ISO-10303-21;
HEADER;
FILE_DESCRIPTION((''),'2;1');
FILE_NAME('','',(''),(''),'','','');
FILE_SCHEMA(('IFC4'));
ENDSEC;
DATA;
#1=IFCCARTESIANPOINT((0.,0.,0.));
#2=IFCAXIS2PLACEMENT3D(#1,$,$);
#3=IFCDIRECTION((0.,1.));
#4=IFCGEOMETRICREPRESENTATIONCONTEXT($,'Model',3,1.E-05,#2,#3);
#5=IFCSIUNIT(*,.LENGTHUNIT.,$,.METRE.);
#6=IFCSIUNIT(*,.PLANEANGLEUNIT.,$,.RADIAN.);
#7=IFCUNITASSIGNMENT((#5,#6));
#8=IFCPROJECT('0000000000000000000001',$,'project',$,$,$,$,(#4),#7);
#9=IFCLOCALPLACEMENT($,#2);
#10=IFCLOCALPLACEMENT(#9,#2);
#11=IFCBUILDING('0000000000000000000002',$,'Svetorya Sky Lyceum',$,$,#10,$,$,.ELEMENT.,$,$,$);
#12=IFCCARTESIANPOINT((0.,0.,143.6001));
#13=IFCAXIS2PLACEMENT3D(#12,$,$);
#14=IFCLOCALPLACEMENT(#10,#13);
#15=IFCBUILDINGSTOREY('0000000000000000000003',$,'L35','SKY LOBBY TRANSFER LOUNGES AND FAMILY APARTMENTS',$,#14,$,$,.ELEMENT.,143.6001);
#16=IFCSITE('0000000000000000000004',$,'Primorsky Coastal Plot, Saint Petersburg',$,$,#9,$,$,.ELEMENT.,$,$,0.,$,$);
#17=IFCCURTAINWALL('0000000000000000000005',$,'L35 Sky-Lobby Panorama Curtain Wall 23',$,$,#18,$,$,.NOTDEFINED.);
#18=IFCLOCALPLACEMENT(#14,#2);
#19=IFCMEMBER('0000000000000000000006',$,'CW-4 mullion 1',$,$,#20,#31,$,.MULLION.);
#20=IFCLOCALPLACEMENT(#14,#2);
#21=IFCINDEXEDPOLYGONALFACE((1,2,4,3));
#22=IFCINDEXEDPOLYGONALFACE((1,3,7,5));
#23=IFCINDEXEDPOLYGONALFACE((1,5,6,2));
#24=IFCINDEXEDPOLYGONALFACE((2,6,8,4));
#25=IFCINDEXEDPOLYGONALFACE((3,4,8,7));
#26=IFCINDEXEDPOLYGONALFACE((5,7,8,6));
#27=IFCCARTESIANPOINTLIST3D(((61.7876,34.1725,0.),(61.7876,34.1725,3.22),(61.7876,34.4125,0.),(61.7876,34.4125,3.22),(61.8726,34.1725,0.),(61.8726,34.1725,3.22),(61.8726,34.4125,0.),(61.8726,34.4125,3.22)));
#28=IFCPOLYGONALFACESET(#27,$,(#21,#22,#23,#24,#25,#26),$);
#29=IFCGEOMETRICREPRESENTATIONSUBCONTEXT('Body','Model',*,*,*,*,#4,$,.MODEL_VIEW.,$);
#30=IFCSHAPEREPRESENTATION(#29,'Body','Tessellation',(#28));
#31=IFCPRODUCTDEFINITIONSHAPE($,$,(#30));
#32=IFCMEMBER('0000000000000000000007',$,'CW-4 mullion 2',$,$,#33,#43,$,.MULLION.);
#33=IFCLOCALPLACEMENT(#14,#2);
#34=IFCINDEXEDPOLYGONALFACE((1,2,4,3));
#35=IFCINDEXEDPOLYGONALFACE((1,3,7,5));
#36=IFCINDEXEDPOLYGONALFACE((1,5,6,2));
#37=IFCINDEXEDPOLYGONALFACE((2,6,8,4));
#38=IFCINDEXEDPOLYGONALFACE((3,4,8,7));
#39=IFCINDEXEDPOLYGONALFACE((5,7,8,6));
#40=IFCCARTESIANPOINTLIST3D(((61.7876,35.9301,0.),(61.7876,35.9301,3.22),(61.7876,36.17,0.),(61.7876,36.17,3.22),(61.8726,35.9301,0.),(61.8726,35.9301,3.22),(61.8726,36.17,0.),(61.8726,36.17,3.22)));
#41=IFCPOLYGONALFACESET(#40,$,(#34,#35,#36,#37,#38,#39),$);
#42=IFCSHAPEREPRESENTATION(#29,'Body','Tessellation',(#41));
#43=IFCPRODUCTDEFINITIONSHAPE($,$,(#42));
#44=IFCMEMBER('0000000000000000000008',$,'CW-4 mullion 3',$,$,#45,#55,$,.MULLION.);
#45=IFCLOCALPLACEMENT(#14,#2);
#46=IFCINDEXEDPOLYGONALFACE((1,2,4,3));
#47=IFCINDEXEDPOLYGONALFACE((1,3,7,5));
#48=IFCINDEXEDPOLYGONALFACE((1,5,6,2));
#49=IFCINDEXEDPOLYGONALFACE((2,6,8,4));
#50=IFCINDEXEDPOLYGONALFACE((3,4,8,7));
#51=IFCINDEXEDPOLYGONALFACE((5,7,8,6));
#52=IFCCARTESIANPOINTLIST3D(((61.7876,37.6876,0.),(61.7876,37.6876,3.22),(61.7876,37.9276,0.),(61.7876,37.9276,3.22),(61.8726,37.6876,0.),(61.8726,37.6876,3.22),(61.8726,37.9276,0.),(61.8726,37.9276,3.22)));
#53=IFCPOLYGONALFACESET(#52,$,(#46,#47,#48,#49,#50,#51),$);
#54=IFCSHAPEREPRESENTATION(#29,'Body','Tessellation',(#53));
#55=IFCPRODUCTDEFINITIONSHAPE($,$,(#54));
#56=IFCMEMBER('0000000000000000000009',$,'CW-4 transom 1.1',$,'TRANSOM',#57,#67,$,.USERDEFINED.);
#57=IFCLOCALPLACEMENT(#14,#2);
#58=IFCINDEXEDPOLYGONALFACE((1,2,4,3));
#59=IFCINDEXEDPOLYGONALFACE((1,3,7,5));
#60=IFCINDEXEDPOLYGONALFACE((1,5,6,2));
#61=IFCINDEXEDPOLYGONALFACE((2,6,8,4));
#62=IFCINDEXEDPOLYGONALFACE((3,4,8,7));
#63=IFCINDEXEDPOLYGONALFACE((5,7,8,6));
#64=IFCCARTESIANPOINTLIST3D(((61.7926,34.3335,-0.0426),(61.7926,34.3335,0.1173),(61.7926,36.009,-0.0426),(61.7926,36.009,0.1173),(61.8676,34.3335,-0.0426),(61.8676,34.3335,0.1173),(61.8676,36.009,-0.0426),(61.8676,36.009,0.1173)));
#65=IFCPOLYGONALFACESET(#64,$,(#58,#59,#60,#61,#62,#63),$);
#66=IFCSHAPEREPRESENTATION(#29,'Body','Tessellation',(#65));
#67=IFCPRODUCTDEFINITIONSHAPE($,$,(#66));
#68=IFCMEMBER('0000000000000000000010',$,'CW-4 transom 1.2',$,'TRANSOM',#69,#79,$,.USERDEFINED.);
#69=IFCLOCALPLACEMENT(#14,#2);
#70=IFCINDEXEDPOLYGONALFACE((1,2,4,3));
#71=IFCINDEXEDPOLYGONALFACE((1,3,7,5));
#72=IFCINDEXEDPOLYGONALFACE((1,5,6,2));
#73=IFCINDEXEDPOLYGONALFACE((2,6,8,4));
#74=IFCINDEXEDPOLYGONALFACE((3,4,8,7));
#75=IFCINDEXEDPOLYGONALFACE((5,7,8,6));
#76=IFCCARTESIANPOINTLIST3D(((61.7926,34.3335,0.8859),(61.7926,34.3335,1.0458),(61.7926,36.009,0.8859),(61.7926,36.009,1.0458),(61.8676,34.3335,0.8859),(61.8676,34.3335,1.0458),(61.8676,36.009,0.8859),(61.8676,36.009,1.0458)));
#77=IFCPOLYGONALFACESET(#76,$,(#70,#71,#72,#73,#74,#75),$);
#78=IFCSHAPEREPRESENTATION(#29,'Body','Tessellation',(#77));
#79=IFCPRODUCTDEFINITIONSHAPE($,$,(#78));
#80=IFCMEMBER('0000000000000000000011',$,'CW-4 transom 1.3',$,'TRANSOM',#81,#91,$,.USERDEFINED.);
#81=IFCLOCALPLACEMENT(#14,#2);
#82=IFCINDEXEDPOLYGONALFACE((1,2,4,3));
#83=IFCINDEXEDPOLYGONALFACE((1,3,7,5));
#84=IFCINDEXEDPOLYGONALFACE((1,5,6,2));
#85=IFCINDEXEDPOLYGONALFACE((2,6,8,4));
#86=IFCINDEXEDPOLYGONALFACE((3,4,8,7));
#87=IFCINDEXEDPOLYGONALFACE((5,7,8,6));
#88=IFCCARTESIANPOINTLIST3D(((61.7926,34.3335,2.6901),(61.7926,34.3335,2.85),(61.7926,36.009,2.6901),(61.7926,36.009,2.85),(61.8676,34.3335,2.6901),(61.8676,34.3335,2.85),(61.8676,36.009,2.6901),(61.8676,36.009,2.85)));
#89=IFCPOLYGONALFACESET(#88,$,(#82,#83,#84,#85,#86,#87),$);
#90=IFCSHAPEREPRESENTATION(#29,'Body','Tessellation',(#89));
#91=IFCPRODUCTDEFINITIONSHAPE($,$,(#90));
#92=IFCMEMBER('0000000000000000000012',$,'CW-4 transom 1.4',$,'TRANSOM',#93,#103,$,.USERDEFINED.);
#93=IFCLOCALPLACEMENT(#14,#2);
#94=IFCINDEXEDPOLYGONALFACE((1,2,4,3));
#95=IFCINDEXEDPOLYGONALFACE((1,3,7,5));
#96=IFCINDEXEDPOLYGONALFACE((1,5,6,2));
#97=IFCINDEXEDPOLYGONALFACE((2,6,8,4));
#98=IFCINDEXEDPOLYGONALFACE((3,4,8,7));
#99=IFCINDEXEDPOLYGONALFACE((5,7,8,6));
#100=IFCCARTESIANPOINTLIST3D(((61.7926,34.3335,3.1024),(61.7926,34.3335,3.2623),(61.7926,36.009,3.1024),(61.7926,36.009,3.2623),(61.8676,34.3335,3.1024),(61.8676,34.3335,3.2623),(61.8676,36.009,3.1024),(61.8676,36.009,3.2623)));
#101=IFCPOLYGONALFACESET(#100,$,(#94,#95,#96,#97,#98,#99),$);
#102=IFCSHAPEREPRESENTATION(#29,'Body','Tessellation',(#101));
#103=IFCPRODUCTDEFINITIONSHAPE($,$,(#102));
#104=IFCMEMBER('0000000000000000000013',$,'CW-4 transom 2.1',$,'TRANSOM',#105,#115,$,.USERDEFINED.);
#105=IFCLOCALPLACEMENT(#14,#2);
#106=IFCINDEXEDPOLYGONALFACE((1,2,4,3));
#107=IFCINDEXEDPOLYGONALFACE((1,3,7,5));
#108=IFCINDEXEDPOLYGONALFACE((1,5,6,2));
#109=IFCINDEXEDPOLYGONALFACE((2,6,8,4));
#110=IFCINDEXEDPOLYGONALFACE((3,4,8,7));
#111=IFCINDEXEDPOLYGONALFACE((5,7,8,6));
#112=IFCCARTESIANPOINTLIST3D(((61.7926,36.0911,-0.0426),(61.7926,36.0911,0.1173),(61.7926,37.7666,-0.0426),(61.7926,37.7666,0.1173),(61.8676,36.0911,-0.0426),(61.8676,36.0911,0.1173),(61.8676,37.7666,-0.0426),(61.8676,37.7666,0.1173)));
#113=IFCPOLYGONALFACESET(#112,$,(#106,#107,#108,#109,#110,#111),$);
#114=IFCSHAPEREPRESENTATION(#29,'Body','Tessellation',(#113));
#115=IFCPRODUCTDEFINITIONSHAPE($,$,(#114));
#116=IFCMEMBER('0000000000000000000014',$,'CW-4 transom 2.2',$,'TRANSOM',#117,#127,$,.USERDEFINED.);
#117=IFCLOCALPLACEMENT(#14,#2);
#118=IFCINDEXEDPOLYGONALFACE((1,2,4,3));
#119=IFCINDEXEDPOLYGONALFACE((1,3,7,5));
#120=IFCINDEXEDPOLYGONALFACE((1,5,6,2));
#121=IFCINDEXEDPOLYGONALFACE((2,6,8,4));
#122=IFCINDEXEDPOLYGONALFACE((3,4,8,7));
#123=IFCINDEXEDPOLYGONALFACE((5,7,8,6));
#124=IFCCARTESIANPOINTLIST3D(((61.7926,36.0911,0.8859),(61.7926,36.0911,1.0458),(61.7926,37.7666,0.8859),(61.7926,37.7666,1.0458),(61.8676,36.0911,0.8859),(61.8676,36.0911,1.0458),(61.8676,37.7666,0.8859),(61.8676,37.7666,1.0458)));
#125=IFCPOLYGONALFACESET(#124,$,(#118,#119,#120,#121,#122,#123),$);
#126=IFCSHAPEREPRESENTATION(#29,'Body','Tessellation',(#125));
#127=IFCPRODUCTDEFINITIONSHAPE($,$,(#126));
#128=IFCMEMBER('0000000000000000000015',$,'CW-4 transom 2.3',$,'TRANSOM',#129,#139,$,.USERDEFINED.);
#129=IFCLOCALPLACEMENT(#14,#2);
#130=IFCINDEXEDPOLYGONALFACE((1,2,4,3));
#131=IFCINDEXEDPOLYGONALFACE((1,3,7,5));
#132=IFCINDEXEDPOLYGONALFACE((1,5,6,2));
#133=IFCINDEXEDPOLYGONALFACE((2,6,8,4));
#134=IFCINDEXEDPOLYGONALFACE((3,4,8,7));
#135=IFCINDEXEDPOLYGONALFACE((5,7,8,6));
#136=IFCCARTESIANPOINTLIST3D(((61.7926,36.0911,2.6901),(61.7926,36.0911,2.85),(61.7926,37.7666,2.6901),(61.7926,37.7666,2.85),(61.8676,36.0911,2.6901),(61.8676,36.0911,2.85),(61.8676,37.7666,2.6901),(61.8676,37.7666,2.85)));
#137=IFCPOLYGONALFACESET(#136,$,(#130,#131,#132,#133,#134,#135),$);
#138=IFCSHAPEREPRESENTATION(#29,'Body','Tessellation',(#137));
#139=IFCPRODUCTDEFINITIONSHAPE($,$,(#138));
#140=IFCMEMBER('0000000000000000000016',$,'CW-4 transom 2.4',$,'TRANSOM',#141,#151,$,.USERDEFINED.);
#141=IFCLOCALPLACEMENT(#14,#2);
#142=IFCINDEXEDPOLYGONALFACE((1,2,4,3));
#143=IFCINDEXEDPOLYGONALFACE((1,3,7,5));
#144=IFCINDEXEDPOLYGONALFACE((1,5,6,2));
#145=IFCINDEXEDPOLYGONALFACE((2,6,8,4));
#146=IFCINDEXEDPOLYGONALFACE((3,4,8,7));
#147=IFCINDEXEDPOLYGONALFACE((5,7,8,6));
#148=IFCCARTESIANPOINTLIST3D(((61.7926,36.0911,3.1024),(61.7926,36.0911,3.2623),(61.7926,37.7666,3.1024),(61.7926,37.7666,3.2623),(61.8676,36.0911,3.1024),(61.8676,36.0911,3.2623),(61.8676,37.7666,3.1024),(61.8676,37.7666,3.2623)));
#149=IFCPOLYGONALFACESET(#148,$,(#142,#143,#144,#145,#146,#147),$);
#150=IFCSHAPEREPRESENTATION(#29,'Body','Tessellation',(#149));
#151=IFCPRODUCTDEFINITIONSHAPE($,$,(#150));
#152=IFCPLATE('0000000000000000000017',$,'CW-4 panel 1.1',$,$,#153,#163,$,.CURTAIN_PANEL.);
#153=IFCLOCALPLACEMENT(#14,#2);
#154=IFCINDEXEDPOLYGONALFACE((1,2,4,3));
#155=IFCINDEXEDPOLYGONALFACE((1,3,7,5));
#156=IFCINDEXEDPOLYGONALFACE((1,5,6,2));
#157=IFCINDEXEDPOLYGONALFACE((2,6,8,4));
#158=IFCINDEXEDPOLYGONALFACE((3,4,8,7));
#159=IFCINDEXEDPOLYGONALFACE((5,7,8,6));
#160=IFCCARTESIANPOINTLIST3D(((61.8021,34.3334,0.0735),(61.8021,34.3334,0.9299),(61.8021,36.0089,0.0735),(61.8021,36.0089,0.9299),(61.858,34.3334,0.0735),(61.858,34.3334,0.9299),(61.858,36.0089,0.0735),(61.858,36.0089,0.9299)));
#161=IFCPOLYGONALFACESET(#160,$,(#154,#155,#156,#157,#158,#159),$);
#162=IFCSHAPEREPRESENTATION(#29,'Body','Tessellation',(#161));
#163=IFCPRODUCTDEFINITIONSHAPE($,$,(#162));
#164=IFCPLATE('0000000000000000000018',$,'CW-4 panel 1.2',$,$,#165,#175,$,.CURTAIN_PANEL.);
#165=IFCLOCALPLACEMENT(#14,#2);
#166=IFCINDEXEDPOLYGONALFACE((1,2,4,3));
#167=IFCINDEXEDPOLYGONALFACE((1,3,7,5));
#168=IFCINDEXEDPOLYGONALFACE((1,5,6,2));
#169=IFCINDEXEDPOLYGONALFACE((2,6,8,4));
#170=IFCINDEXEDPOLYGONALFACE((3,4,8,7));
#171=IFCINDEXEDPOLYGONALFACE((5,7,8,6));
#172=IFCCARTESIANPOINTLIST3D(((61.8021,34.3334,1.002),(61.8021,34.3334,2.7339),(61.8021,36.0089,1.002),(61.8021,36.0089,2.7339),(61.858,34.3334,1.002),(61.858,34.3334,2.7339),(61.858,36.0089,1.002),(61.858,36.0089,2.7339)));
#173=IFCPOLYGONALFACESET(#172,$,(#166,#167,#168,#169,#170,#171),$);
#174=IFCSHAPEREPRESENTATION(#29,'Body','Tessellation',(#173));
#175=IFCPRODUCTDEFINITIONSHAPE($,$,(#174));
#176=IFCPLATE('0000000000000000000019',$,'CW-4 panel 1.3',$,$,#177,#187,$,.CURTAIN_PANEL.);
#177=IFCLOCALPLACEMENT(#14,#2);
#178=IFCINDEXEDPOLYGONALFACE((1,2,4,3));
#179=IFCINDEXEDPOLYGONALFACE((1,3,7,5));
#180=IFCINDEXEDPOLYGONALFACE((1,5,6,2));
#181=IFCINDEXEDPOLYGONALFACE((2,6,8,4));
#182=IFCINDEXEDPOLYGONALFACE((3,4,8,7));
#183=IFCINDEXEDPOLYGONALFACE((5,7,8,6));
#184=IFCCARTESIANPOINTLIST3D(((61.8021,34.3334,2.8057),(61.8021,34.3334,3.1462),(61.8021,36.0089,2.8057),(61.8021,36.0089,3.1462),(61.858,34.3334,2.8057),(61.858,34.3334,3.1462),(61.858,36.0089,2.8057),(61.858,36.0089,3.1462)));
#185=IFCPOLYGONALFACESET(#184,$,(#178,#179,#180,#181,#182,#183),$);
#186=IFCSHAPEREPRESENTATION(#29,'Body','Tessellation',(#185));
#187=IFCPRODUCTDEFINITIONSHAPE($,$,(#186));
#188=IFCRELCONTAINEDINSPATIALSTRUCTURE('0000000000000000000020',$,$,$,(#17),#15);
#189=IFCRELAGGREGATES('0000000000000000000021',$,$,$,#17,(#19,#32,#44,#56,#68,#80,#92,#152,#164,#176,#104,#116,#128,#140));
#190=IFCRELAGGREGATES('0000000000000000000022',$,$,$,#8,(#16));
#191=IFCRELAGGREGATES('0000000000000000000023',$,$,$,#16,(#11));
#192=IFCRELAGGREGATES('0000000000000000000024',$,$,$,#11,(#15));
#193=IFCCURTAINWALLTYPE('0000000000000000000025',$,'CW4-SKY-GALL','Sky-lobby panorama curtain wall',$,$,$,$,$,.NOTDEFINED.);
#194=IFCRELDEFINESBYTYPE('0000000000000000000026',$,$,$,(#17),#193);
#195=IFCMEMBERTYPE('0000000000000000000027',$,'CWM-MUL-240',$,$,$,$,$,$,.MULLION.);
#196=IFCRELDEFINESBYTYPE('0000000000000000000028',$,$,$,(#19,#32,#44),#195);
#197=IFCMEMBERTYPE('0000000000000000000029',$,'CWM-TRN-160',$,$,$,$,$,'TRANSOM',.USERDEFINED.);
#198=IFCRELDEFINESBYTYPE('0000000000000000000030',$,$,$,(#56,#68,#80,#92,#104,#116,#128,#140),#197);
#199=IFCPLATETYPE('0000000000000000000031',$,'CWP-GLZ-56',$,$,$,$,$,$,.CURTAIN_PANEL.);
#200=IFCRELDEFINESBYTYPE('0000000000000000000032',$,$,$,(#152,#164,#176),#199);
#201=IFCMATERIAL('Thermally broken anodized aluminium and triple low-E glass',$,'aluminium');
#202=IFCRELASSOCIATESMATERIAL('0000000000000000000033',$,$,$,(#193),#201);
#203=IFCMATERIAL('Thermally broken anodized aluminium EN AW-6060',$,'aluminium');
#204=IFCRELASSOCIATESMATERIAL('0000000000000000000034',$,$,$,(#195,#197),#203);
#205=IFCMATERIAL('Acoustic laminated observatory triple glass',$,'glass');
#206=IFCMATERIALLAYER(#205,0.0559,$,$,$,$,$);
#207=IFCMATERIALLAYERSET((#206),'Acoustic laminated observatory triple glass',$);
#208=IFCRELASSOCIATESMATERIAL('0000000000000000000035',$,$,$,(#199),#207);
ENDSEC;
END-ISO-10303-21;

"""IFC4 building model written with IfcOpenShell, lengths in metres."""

from ifc_helpers import new_model, si_unit, direction, frame, origin, origin_2d, place, context, subcontext, project, spatial, rectangle, extrude, material, layer, layer_set, material_profile, profile_set, type_object, element, aggregate, save


model = new_model("IFC4")

# Units and contexts
model_context = context("Model", 3, precision=1e-05, world=origin(), true_north=direction((0.0, 1.0)))
body_context = subcontext(model_context, "Body", "Model", "MODEL_VIEW")
ifc_project = project(units=[si_unit("LENGTHUNIT", "METRE"), si_unit("PLANEANGLEUNIT", "RADIAN")], contexts=[model_context])

# Site, building, storey
site_placement = place(None, origin())
site = spatial("IfcSite", under=ifc_project, at=site_placement, Name="Primorsky Coastal Plot, Saint Petersburg", CompositionType="ELEMENT", RefElevation=0.0)
building_placement = place(site_placement, origin())
building = spatial("IfcBuilding", under=site, at=building_placement, Name="Svetorya Sky Lyceum", CompositionType="ELEMENT")
storey_placement = place(building_placement, frame((0.0, 0.0, 143.6001)))
storey = spatial("IfcBuildingStorey", under=building, at=storey_placement, Name="L35", Description="SKY LOBBY TRANSFER LOUNGES AND FAMILY APARTMENTS", CompositionType="ELEMENT", Elevation=143.6001)

# Curtain wall, members, plates
ifc_material_1 = material(Name="Thermally broken anodized aluminium and triple low-E glass", Category="aluminium")
curtain_wall_type = type_object("IfcCurtainWallType", Name="CW4-SKY-GALL", Description="Sky-lobby panorama curtain wall", PredefinedType="NOTDEFINED", material=ifc_material_1)
curtain_wall_placement = place(storey_placement, origin())
curtain_wall = element("IfcCurtainWall", 1, at=curtain_wall_placement, inside=storey, type_object=curtain_wall_type, Name="L35 Sky-Lobby Panorama Curtain Wall 23", PredefinedType="NOTDEFINED")
ifc_material_2 = material(Name="Thermally broken anodized aluminium EN AW-6060", Category="aluminium")
ifc_material_profile_1 = material_profile(ifc_material_2, rectangle(XDim=0.085, YDim=0.24, at=origin_2d()), Name="ALU MULLION 85x240")
ifc_profile_set_1 = profile_set([ifc_material_profile_1], Name="Thermally broken anodized aluminium EN AW-6060")
member_type_1 = type_object("IfcMemberType", Name="CWM-MUL-240", PredefinedType="MULLION", material=ifc_profile_set_1)
member_1_placement = place(storey_placement, frame((61.8301, 34.2925, 0.0), z_axis=(0.0, 0.0, 1.0), x_axis=(-1.0, 0.0, 0.0)))
member_1 = element("IfcMember", 2, at=member_1_placement, type_object=member_type_1, Name="CW-4 mullion 1", PredefinedType="MULLION", context=body_context, shape_type="SweptSolid", body=[
    extrude(rectangle(XDim=0.085, YDim=0.24, at=origin_2d()), origin(), (0.0, 0.0, 1.0), 3.22),
])
member_2_placement = place(storey_placement, frame((61.8301, 36.05, 0.0), z_axis=(0.0, 0.0, 1.0), x_axis=(-1.0, 0.0, 0.0)))
member_2 = element("IfcMember", 3, at=member_2_placement, type_object=member_type_1, Name="CW-4 mullion 2", PredefinedType="MULLION", context=body_context, shape_type="SweptSolid", body=[
    extrude(rectangle(XDim=0.085, YDim=0.24, at=origin_2d()), origin(), (0.0, 0.0, 1.0), 3.22),
])
member_3_placement = place(storey_placement, frame((61.8301, 37.8076, 0.0), z_axis=(0.0, 0.0, 1.0), x_axis=(-1.0, 0.0, 0.0)))
member_3 = element("IfcMember", 4, at=member_3_placement, type_object=member_type_1, Name="CW-4 mullion 3", PredefinedType="MULLION", context=body_context, shape_type="SweptSolid", body=[
    extrude(rectangle(XDim=0.085, YDim=0.24, at=origin_2d()), origin(), (0.0, 0.0, 1.0), 3.22),
])
ifc_material_profile_2 = material_profile(ifc_material_2, rectangle(XDim=0.075, YDim=0.1599, at=origin_2d()), Name="ALU TRANSOM 75x160")
ifc_profile_set_2 = profile_set([ifc_material_profile_2], Name="Thermally broken anodized aluminium EN AW-6060")
member_type_2 = type_object("IfcMemberType", Name="CWM-TRN-160", ElementType="TRANSOM", PredefinedType="USERDEFINED", material=ifc_profile_set_2)
member_4_placement = place(storey_placement, frame((61.8301, 34.3335, 0.0374), z_axis=(0.0, 1.0, 0.0), x_axis=(-1.0, 0.0, 0.0)))
member_4 = element("IfcMember", 5, at=member_4_placement, type_object=member_type_2, Name="CW-4 transom 1.1", ObjectType="TRANSOM", PredefinedType="USERDEFINED", context=body_context, shape_type="SweptSolid", body=[
    extrude(rectangle(XDim=0.075, YDim=0.1599, at=origin_2d()), origin(), (0.0, 0.0, 1.0), 1.6755),
])
member_5_placement = place(storey_placement, frame((61.8301, 34.3335, 0.9658), z_axis=(0.0, 1.0, 0.0), x_axis=(-1.0, 0.0, 0.0)))
member_5 = element("IfcMember", 6, at=member_5_placement, type_object=member_type_2, Name="CW-4 transom 1.2", ObjectType="TRANSOM", PredefinedType="USERDEFINED", context=body_context, shape_type="SweptSolid", body=[
    extrude(rectangle(XDim=0.075, YDim=0.1599, at=origin_2d()), origin(), (0.0, 0.0, 1.0), 1.6755),
])
member_6_placement = place(storey_placement, frame((61.8301, 34.3335, 2.77), z_axis=(0.0, 1.0, 0.0), x_axis=(-1.0, 0.0, 0.0)))
member_6 = element("IfcMember", 7, at=member_6_placement, type_object=member_type_2, Name="CW-4 transom 1.3", ObjectType="TRANSOM", PredefinedType="USERDEFINED", context=body_context, shape_type="SweptSolid", body=[
    extrude(rectangle(XDim=0.075, YDim=0.1599, at=origin_2d()), origin(), (0.0, 0.0, 1.0), 1.6755),
])
member_7_placement = place(storey_placement, frame((61.8301, 34.3335, 3.1824), z_axis=(0.0, 1.0, 0.0), x_axis=(-1.0, 0.0, 0.0)))
member_7 = element("IfcMember", 8, at=member_7_placement, type_object=member_type_2, Name="CW-4 transom 1.4", ObjectType="TRANSOM", PredefinedType="USERDEFINED", context=body_context, shape_type="SweptSolid", body=[
    extrude(rectangle(XDim=0.075, YDim=0.1599, at=origin_2d()), origin(), (0.0, 0.0, 1.0), 1.6755),
])
member_8_placement = place(storey_placement, frame((61.8301, 36.0911, 0.0374), z_axis=(0.0, 1.0, 0.0), x_axis=(-1.0, 0.0, 0.0)))
member_8 = element("IfcMember", 9, at=member_8_placement, type_object=member_type_2, Name="CW-4 transom 2.1", ObjectType="TRANSOM", PredefinedType="USERDEFINED", context=body_context, shape_type="SweptSolid", body=[
    extrude(rectangle(XDim=0.075, YDim=0.1599, at=origin_2d()), origin(), (0.0, 0.0, 1.0), 1.6755),
])
member_9_placement = place(storey_placement, frame((61.8301, 36.0911, 0.9658), z_axis=(0.0, 1.0, 0.0), x_axis=(-1.0, 0.0, 0.0)))
member_9 = element("IfcMember", 10, at=member_9_placement, type_object=member_type_2, Name="CW-4 transom 2.2", ObjectType="TRANSOM", PredefinedType="USERDEFINED", context=body_context, shape_type="SweptSolid", body=[
    extrude(rectangle(XDim=0.075, YDim=0.1599, at=origin_2d()), origin(), (0.0, 0.0, 1.0), 1.6755),
])
member_10_placement = place(storey_placement, frame((61.8301, 36.0911, 2.77), z_axis=(0.0, 1.0, 0.0), x_axis=(-1.0, 0.0, 0.0)))
member_10 = element("IfcMember", 11, at=member_10_placement, type_object=member_type_2, Name="CW-4 transom 2.3", ObjectType="TRANSOM", PredefinedType="USERDEFINED", context=body_context, shape_type="SweptSolid", body=[
    extrude(rectangle(XDim=0.075, YDim=0.1599, at=origin_2d()), origin(), (0.0, 0.0, 1.0), 1.6755),
])
member_11_placement = place(storey_placement, frame((61.8301, 36.0911, 3.1824), z_axis=(0.0, 1.0, 0.0), x_axis=(-1.0, 0.0, 0.0)))
member_11 = element("IfcMember", 12, at=member_11_placement, type_object=member_type_2, Name="CW-4 transom 2.4", ObjectType="TRANSOM", PredefinedType="USERDEFINED", context=body_context, shape_type="SweptSolid", body=[
    extrude(rectangle(XDim=0.075, YDim=0.1599, at=origin_2d()), origin(), (0.0, 0.0, 1.0), 1.6755),
])
ifc_material_3 = material(Name="Acoustic laminated observatory triple glass", Category="glass")
ifc_layer_1 = layer(ifc_material_3, 0.0559)
ifc_layer_set_1 = layer_set([ifc_layer_1], Name="Acoustic laminated observatory triple glass")
plate_type = type_object("IfcPlateType", Name="CWP-GLZ-56", PredefinedType="CURTAIN_PANEL", material=ifc_layer_set_1)
plate_1_placement = place(storey_placement, frame((61.8301, 35.1711, 0.0735), z_axis=(0.0, 0.0, 1.0), x_axis=(0.0, 1.0, 0.0)))
plate_1 = element("IfcPlate", 13, at=plate_1_placement, type_object=plate_type, Name="CW-4 panel 1.1", PredefinedType="CURTAIN_PANEL", context=body_context, shape_type="SweptSolid", body=[
    extrude(rectangle(XDim=1.6755, YDim=0.0559, at=origin_2d()), origin(), (0.0, 0.0, 1.0), 0.8564),
])
plate_2_placement = place(storey_placement, frame((61.8301, 35.1711, 1.002), z_axis=(0.0, 0.0, 1.0), x_axis=(0.0, 1.0, 0.0)))
plate_2 = element("IfcPlate", 14, at=plate_2_placement, type_object=plate_type, Name="CW-4 panel 1.2", PredefinedType="CURTAIN_PANEL", context=body_context, shape_type="SweptSolid", body=[
    extrude(rectangle(XDim=1.6755, YDim=0.0559, at=origin_2d()), origin(), (0.0, 0.0, 1.0), 1.7319),
])
plate_3_placement = place(storey_placement, frame((61.8301, 35.1711, 2.8057), z_axis=(0.0, 0.0, 1.0), x_axis=(0.0, 1.0, 0.0)))
plate_3 = element("IfcPlate", 15, at=plate_3_placement, type_object=plate_type, Name="CW-4 panel 1.3", PredefinedType="CURTAIN_PANEL", context=body_context, shape_type="SweptSolid", body=[
    extrude(rectangle(XDim=1.6755, YDim=0.0559, at=origin_2d()), origin(), (0.0, 0.0, 1.0), 0.3406),
])
aggregate(curtain_wall, [member_1, member_2, member_3, member_4, member_5, member_6, member_7, plate_1, plate_2, plate_3, member_8, member_9, member_10, member_11])

save(model, "model.ifc")
